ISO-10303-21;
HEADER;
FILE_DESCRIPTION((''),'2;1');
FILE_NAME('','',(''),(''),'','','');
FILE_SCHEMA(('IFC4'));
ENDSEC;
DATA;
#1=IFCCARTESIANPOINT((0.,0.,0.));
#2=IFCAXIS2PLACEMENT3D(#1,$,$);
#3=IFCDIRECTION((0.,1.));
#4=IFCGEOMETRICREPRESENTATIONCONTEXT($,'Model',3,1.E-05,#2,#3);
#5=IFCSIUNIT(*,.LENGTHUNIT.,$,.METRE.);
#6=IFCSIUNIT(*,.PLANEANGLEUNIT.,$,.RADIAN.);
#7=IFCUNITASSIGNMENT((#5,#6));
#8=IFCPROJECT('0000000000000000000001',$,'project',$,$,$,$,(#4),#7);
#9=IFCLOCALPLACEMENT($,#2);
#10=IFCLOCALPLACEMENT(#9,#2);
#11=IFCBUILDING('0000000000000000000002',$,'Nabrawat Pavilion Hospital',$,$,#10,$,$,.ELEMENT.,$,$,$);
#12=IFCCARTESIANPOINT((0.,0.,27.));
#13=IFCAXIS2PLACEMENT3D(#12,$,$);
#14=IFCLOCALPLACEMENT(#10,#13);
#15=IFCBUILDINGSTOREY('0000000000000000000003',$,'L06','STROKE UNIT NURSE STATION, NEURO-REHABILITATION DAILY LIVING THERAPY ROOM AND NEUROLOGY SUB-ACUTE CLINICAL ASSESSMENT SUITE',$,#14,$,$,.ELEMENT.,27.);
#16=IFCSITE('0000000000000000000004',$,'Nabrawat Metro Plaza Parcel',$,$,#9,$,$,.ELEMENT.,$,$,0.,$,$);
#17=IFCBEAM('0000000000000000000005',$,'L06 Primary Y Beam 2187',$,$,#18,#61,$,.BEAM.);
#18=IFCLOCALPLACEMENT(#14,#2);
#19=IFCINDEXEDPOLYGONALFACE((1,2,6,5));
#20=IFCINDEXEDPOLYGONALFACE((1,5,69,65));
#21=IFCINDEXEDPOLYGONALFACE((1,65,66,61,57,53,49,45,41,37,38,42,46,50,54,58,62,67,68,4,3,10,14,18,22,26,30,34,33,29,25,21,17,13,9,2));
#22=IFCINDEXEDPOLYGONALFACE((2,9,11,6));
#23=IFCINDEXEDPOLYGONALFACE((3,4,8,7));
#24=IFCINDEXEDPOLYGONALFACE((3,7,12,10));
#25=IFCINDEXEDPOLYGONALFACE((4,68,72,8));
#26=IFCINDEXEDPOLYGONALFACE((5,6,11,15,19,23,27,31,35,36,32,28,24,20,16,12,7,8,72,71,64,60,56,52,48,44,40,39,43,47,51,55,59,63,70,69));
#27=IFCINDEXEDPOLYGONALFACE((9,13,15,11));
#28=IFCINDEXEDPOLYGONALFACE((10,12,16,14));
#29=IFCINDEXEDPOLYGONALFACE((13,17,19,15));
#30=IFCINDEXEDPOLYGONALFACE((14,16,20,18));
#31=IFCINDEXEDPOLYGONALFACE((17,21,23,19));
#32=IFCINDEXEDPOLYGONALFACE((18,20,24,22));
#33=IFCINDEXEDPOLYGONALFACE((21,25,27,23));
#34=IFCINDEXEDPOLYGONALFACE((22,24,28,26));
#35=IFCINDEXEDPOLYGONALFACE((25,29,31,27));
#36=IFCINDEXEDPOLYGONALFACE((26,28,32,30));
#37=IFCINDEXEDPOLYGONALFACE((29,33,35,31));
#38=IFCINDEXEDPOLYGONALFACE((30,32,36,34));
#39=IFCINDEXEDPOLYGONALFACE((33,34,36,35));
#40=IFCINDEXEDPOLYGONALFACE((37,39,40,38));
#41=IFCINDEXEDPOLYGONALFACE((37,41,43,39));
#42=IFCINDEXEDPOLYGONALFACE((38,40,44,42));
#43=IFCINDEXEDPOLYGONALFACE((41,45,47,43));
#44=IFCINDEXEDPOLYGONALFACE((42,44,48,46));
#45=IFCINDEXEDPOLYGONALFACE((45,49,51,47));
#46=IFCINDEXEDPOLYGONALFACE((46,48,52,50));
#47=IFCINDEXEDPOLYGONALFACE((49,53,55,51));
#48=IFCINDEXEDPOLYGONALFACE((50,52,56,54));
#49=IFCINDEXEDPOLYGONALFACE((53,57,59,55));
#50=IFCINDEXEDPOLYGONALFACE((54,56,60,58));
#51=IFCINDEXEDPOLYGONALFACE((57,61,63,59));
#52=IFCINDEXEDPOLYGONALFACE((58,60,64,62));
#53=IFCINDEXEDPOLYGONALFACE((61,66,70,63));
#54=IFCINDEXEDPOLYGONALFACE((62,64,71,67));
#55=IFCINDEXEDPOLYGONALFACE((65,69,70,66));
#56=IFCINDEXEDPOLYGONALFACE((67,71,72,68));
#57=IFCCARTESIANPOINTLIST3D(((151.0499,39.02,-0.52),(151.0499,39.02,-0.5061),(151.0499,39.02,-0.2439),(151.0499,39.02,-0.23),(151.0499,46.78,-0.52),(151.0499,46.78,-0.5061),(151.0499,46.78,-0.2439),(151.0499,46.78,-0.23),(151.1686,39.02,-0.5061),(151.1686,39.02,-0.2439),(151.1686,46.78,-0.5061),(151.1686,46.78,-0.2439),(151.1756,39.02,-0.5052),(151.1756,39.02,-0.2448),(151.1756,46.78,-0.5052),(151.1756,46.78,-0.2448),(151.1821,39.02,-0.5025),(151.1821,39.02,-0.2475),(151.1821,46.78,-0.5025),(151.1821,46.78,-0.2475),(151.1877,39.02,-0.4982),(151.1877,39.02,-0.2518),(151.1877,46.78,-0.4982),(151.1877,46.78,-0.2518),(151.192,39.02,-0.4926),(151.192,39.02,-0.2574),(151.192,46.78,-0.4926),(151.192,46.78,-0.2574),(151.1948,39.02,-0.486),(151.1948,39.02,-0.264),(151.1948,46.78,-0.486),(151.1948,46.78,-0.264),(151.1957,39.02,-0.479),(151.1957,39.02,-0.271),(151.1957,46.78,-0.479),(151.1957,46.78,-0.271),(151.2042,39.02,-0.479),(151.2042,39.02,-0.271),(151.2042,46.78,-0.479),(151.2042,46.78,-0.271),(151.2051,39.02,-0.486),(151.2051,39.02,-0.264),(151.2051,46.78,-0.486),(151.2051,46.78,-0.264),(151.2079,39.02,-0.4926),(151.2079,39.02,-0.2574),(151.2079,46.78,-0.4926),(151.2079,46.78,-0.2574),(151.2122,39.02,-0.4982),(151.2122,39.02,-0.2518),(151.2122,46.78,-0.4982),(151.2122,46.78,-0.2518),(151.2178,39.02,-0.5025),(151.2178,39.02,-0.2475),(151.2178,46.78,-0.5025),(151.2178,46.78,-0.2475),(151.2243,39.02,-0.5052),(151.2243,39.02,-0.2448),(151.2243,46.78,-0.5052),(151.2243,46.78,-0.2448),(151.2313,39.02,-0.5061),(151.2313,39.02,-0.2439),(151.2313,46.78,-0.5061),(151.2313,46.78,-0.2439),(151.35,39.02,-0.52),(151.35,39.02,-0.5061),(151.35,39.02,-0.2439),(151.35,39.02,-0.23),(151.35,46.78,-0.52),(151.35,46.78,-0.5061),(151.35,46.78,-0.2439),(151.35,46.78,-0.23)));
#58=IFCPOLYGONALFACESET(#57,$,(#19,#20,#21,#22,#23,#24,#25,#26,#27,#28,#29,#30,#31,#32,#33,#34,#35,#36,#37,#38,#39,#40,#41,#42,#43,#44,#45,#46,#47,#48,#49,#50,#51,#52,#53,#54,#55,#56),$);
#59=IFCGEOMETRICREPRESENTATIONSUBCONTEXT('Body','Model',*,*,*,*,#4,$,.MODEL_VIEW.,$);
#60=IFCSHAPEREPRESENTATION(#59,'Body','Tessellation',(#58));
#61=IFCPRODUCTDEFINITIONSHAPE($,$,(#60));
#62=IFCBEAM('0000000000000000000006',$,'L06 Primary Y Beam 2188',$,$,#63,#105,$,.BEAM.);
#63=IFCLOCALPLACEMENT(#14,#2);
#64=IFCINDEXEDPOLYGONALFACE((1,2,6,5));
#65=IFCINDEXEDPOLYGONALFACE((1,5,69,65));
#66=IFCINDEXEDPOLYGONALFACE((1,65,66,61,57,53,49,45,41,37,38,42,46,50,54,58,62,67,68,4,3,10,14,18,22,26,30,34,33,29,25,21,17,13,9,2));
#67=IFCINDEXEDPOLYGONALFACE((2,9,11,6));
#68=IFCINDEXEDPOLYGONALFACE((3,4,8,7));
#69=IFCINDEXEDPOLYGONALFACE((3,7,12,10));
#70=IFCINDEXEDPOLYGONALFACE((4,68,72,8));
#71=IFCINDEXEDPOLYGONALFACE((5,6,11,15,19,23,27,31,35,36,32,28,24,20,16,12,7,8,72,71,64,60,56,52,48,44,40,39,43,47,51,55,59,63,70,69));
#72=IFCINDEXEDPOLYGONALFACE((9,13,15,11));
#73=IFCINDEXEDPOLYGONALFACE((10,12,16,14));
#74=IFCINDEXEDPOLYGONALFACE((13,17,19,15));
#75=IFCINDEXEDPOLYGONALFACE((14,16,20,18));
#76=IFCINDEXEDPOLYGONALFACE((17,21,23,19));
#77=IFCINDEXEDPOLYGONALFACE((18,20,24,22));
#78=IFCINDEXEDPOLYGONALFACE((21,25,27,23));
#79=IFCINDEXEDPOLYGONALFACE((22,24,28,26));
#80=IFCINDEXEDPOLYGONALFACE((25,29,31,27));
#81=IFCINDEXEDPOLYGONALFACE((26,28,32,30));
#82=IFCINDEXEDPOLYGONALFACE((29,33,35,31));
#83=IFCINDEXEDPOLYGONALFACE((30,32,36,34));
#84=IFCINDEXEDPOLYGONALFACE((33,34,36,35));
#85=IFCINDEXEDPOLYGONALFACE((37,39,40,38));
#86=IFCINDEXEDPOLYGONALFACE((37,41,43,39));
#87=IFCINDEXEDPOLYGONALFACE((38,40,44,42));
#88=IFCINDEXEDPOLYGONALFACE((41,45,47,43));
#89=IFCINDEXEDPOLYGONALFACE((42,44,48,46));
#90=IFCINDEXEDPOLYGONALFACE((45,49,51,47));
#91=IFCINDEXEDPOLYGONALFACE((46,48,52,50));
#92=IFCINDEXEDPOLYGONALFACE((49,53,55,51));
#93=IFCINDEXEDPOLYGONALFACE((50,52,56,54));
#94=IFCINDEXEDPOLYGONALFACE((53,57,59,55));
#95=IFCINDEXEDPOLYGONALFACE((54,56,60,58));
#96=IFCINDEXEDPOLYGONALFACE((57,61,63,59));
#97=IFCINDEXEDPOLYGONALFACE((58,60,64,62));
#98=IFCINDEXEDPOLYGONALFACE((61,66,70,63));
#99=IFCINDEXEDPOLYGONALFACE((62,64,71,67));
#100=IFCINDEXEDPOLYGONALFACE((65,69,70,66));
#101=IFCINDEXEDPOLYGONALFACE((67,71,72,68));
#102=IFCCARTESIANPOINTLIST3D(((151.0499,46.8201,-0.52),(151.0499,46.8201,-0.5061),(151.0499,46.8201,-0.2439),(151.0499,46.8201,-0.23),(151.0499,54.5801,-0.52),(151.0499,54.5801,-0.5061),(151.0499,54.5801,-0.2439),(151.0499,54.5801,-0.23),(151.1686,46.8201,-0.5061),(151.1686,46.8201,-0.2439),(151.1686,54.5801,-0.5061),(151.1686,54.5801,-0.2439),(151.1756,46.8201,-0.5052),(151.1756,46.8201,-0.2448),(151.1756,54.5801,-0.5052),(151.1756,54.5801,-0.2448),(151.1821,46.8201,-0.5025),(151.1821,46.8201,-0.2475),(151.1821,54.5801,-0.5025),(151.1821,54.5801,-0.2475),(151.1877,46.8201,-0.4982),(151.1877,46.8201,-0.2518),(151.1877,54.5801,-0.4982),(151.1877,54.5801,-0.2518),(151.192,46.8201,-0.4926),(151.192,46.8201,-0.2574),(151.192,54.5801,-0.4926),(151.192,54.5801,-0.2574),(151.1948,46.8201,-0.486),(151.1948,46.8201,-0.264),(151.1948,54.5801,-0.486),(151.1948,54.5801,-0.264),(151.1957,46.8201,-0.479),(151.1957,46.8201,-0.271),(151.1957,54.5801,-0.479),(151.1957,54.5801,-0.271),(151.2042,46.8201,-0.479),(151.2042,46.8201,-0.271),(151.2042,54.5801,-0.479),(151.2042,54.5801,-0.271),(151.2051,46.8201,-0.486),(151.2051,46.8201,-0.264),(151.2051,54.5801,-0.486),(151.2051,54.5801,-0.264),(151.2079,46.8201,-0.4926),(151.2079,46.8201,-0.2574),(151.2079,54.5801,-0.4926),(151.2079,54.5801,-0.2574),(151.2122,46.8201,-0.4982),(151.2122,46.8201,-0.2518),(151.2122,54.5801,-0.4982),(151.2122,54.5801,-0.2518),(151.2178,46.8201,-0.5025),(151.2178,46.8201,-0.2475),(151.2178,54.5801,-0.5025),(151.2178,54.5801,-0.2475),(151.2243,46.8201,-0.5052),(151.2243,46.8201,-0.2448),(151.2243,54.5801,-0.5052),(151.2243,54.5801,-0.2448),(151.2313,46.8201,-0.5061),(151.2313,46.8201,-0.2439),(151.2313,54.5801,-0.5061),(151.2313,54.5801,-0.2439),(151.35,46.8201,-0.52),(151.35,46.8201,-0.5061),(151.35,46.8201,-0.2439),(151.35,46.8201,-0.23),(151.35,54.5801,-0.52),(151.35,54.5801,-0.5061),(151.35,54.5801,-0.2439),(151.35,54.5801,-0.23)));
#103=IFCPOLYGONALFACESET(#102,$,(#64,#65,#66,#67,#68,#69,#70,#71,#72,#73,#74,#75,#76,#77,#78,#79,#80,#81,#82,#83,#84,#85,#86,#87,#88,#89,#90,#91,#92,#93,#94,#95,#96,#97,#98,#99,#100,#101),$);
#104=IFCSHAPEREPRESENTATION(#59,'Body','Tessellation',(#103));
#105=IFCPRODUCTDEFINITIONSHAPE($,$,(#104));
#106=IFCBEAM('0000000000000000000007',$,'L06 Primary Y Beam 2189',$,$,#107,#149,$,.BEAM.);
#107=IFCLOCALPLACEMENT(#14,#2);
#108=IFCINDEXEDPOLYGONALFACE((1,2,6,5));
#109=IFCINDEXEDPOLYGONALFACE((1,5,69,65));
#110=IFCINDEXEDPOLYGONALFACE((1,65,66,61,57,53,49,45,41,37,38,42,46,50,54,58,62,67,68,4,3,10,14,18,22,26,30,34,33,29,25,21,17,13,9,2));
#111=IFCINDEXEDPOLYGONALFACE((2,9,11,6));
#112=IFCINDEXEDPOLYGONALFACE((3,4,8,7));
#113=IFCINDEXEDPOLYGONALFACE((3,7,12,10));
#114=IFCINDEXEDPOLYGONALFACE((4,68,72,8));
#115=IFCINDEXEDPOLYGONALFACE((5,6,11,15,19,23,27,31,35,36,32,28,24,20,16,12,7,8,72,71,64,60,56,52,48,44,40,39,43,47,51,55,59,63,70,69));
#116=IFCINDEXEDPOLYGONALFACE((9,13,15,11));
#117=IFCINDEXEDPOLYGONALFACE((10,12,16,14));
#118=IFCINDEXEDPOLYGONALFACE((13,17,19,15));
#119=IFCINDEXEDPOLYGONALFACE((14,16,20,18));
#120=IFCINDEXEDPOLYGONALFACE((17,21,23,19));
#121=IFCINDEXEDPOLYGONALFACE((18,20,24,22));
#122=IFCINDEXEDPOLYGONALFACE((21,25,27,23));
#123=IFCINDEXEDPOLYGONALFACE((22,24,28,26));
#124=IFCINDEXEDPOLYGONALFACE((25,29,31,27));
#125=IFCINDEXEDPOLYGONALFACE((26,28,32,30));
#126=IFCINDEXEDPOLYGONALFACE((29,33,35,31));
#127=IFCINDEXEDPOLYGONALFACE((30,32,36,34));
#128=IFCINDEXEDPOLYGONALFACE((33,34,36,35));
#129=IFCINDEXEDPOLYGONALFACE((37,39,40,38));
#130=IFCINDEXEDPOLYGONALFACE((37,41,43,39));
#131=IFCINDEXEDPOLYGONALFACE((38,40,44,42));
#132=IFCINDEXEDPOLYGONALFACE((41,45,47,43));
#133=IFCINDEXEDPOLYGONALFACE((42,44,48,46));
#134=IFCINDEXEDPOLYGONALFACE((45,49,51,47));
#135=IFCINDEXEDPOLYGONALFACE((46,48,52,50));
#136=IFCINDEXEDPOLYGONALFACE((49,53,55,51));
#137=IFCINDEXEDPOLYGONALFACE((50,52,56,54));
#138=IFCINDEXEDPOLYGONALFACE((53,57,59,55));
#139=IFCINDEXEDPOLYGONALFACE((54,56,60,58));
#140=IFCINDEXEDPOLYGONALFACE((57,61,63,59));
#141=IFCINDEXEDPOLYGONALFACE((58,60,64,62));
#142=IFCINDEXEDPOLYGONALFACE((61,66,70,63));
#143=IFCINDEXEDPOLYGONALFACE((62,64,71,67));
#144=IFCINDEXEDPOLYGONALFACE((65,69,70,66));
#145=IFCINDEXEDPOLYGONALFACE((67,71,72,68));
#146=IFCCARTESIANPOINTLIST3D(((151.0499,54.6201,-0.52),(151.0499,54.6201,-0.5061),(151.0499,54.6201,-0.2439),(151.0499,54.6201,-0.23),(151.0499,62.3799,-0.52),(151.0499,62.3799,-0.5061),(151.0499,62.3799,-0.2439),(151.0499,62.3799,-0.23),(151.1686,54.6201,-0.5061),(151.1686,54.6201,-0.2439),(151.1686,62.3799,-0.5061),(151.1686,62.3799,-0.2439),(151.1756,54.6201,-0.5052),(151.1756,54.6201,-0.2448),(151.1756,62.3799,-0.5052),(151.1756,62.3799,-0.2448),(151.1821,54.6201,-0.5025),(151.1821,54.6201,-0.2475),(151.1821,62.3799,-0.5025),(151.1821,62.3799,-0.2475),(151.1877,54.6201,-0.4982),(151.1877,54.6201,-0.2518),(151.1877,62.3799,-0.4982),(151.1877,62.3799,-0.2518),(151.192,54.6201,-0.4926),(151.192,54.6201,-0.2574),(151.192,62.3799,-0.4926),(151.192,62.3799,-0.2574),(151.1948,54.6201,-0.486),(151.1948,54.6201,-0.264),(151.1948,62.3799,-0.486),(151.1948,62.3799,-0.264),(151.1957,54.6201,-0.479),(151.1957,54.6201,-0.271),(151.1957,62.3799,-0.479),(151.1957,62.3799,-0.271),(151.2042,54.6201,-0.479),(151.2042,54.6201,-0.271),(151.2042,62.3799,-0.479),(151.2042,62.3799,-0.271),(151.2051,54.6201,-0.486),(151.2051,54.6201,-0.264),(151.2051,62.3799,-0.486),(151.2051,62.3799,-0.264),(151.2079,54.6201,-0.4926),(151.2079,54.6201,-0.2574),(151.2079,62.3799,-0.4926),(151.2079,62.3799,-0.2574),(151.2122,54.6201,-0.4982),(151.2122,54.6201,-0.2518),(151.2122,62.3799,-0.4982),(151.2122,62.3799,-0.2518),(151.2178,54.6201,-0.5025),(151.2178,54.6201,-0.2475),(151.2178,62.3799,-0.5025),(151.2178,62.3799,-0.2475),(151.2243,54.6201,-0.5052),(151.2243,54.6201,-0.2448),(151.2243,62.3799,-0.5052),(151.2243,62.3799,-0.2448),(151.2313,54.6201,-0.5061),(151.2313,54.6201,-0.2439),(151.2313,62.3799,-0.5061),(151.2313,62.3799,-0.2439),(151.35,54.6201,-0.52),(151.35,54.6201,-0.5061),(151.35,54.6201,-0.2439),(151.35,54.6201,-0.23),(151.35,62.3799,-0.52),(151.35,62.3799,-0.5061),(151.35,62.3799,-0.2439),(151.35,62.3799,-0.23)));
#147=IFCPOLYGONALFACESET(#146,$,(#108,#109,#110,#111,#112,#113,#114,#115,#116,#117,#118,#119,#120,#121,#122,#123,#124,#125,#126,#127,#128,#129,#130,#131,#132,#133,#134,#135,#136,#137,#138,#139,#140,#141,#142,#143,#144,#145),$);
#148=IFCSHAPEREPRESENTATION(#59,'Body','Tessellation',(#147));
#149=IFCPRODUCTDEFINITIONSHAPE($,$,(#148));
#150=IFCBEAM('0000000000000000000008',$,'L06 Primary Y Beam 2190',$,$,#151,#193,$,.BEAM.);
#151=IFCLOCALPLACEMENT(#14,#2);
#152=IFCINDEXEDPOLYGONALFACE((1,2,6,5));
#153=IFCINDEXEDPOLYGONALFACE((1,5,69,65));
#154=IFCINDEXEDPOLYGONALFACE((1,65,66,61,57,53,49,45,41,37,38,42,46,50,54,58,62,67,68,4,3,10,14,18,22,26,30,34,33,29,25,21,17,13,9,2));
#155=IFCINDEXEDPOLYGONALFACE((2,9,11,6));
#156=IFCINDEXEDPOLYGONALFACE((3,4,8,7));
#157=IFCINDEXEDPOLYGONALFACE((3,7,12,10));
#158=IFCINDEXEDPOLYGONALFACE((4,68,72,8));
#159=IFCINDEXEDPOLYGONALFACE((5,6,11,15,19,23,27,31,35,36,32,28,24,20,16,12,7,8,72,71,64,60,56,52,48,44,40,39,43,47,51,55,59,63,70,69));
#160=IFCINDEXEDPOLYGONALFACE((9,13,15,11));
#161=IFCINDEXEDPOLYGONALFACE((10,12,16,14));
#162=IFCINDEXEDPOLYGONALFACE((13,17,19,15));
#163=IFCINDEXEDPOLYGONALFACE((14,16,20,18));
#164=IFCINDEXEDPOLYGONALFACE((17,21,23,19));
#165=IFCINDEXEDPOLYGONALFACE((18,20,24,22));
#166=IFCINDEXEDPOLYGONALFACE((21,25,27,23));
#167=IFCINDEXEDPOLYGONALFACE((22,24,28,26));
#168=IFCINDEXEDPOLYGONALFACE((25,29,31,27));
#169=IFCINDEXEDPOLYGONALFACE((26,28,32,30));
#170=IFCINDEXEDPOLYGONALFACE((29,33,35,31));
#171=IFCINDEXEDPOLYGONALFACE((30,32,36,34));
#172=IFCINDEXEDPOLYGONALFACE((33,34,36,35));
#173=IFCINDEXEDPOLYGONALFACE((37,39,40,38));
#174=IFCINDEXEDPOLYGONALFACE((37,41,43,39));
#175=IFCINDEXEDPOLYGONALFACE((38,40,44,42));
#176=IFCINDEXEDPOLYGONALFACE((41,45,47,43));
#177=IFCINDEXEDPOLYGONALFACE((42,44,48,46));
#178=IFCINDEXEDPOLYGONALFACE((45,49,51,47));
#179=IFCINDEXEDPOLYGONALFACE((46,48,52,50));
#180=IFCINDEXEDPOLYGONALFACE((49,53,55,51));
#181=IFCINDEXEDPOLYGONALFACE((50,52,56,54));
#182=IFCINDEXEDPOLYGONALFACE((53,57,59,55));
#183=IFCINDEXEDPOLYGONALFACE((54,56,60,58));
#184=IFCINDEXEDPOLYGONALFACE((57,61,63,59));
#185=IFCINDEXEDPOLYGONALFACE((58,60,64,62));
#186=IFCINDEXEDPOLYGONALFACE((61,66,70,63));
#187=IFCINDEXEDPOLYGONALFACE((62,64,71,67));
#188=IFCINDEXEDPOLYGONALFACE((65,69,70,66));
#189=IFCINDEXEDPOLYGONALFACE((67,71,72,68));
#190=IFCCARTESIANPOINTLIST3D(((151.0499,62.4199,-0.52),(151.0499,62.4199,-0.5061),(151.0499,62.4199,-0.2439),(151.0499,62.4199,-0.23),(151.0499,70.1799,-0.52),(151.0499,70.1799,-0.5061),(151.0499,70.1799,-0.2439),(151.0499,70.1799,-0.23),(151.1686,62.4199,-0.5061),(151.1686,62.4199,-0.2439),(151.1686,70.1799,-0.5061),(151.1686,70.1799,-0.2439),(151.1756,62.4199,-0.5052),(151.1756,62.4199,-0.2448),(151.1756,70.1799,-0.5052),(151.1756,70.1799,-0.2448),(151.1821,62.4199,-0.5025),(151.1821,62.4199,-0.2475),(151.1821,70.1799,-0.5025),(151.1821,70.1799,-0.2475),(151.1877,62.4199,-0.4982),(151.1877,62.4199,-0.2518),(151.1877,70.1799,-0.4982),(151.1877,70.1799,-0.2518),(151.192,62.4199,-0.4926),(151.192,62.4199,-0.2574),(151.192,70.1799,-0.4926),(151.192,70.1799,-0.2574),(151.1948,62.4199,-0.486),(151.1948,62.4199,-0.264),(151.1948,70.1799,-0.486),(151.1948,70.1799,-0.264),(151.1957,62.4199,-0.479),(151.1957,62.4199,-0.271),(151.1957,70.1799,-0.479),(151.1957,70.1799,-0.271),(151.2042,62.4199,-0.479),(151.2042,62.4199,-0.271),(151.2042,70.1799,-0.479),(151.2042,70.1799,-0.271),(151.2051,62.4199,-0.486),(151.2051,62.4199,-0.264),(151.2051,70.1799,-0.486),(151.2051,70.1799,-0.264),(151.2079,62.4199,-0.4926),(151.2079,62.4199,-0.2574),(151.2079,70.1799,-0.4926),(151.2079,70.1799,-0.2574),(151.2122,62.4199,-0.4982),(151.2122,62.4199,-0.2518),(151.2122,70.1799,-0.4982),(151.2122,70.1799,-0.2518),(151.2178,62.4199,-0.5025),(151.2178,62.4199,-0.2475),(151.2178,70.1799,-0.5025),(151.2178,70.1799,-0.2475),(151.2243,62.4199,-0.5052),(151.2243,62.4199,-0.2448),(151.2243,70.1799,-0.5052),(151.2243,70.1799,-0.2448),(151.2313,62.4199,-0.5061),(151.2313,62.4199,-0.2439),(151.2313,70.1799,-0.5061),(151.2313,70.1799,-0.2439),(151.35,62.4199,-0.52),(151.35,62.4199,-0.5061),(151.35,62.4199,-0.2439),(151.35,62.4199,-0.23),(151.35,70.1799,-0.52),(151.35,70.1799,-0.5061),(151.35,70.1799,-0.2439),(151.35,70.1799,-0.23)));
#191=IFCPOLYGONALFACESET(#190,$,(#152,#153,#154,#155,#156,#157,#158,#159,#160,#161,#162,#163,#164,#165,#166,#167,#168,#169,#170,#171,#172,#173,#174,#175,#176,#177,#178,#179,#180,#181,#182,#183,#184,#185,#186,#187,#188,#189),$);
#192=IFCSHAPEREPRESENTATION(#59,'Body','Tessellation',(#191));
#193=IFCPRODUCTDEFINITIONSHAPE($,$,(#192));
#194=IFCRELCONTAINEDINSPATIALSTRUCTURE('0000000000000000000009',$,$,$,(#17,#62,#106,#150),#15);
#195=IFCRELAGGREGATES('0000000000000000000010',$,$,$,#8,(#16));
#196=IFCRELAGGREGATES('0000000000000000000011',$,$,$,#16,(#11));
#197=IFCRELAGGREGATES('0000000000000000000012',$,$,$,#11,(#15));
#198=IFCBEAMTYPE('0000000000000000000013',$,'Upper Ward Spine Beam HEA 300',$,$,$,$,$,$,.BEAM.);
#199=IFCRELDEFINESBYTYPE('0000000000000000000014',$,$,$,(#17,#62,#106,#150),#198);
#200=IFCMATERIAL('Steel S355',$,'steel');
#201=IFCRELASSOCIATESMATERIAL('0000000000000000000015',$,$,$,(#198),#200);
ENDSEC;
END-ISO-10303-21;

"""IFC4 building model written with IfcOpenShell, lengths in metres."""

from ifc_helpers import new_model, si_unit, direction, frame, origin, origin_2d, place, context, subcontext, project, spatial, i_section, extrude, material, material_profile, profile_set, type_object, element, save


model = new_model("IFC4")

# Units and contexts
model_context = context("Model", 3, precision=1e-05, world=origin(), true_north=direction((0.0, 1.0)))
body_context = subcontext(model_context, "Body", "Model", "MODEL_VIEW")
ifc_project = project(units=[si_unit("LENGTHUNIT", "METRE"), si_unit("PLANEANGLEUNIT", "RADIAN")], contexts=[model_context])

# Site, building, storey
site_placement = place(None, origin())
site = spatial("IfcSite", under=ifc_project, at=site_placement, Name="Nabrawat Metro Plaza Parcel", CompositionType="ELEMENT", RefElevation=0.0)
building_placement = place(site_placement, origin())
building = spatial("IfcBuilding", under=site, at=building_placement, Name="Nabrawat Pavilion Hospital", CompositionType="ELEMENT")
storey_placement = place(building_placement, frame((0.0, 0.0, 27.0)))
storey = spatial("IfcBuildingStorey", under=building, at=storey_placement, Name="L06", Description="STROKE UNIT NURSE STATION, NEURO-REHABILITATION DAILY LIVING THERAPY ROOM AND NEUROLOGY SUB-ACUTE CLINICAL ASSESSMENT SUITE", CompositionType="ELEMENT", Elevation=27.0)

# Shared definitions
ifc_material_1 = material(Name="Steel S355", Category="steel")

# Beams
ifc_material_profile_1 = material_profile(ifc_material_1, i_section(OverallWidth=0.3, OverallDepth=0.29, WebThickness=0.0085, FlangeThickness=0.0139, FilletRadius=0.0271, at=origin_2d()), Name="HEA 300")
ifc_profile_set_1 = profile_set([ifc_material_profile_1], Name="Steel S355")
beam_type_1 = type_object("IfcBeamType", Name="Upper Ward Spine Beam HEA 300", PredefinedType="BEAM", material=ifc_profile_set_1)
for number, where, z_axis, x_axis, name in (
    (1, (151.2, 39.02, -0.375), (0.0, 1.0, 0.0), (-1.0, 0.0, 0.0), "L06 Primary Y Beam 2187"),
    (2, (151.2, 46.8201, -0.375), (0.0, 1.0, 0.0), (-1.0, 0.0, 0.0), "L06 Primary Y Beam 2188"),
):
    element("IfcBeam", number, at=place(storey_placement, frame(where, z_axis=z_axis, x_axis=x_axis)), inside=storey, type_object=beam_type_1, Name=name, PredefinedType="BEAM", context=body_context, shape_type="SweptSolid", body=[
        extrude(i_section(OverallWidth=0.3, OverallDepth=0.29, WebThickness=0.0085, FlangeThickness=0.0139, FilletRadius=0.0271, at=origin_2d()), origin(), (0.0, 0.0, 1.0), 7.76),
    ])
beam_1_placement = place(storey_placement, frame((151.2, 54.6201, -0.375), z_axis=(0.0, 1.0, 0.0), x_axis=(-1.0, 0.0, 0.0)))
element("IfcBeam", 3, at=beam_1_placement, inside=storey, type_object=beam_type_1, Name="L06 Primary Y Beam 2189", PredefinedType="BEAM", context=body_context, shape_type="SweptSolid", body=[
    extrude(i_section(OverallWidth=0.3, OverallDepth=0.29, WebThickness=0.0085, FlangeThickness=0.0139, FilletRadius=0.0271, at=origin_2d()), origin(), (0.0, 0.0, 1.0), 7.7598),
])
for number, where, z_axis, x_axis, name in (
    (4, (151.2, 62.4199, -0.375), (0.0, 1.0, 0.0), (-1.0, 0.0, 0.0), "L06 Primary Y Beam 2190"),
):
    element("IfcBeam", number, at=place(storey_placement, frame(where, z_axis=z_axis, x_axis=x_axis)), inside=storey, type_object=beam_type_1, Name=name, PredefinedType="BEAM", context=body_context, shape_type="SweptSolid", body=[
        extrude(i_section(OverallWidth=0.3, OverallDepth=0.29, WebThickness=0.0085, FlangeThickness=0.0139, FilletRadius=0.0271, at=origin_2d()), origin(), (0.0, 0.0, 1.0), 7.76),
    ])

save(model, "model.ifc")
